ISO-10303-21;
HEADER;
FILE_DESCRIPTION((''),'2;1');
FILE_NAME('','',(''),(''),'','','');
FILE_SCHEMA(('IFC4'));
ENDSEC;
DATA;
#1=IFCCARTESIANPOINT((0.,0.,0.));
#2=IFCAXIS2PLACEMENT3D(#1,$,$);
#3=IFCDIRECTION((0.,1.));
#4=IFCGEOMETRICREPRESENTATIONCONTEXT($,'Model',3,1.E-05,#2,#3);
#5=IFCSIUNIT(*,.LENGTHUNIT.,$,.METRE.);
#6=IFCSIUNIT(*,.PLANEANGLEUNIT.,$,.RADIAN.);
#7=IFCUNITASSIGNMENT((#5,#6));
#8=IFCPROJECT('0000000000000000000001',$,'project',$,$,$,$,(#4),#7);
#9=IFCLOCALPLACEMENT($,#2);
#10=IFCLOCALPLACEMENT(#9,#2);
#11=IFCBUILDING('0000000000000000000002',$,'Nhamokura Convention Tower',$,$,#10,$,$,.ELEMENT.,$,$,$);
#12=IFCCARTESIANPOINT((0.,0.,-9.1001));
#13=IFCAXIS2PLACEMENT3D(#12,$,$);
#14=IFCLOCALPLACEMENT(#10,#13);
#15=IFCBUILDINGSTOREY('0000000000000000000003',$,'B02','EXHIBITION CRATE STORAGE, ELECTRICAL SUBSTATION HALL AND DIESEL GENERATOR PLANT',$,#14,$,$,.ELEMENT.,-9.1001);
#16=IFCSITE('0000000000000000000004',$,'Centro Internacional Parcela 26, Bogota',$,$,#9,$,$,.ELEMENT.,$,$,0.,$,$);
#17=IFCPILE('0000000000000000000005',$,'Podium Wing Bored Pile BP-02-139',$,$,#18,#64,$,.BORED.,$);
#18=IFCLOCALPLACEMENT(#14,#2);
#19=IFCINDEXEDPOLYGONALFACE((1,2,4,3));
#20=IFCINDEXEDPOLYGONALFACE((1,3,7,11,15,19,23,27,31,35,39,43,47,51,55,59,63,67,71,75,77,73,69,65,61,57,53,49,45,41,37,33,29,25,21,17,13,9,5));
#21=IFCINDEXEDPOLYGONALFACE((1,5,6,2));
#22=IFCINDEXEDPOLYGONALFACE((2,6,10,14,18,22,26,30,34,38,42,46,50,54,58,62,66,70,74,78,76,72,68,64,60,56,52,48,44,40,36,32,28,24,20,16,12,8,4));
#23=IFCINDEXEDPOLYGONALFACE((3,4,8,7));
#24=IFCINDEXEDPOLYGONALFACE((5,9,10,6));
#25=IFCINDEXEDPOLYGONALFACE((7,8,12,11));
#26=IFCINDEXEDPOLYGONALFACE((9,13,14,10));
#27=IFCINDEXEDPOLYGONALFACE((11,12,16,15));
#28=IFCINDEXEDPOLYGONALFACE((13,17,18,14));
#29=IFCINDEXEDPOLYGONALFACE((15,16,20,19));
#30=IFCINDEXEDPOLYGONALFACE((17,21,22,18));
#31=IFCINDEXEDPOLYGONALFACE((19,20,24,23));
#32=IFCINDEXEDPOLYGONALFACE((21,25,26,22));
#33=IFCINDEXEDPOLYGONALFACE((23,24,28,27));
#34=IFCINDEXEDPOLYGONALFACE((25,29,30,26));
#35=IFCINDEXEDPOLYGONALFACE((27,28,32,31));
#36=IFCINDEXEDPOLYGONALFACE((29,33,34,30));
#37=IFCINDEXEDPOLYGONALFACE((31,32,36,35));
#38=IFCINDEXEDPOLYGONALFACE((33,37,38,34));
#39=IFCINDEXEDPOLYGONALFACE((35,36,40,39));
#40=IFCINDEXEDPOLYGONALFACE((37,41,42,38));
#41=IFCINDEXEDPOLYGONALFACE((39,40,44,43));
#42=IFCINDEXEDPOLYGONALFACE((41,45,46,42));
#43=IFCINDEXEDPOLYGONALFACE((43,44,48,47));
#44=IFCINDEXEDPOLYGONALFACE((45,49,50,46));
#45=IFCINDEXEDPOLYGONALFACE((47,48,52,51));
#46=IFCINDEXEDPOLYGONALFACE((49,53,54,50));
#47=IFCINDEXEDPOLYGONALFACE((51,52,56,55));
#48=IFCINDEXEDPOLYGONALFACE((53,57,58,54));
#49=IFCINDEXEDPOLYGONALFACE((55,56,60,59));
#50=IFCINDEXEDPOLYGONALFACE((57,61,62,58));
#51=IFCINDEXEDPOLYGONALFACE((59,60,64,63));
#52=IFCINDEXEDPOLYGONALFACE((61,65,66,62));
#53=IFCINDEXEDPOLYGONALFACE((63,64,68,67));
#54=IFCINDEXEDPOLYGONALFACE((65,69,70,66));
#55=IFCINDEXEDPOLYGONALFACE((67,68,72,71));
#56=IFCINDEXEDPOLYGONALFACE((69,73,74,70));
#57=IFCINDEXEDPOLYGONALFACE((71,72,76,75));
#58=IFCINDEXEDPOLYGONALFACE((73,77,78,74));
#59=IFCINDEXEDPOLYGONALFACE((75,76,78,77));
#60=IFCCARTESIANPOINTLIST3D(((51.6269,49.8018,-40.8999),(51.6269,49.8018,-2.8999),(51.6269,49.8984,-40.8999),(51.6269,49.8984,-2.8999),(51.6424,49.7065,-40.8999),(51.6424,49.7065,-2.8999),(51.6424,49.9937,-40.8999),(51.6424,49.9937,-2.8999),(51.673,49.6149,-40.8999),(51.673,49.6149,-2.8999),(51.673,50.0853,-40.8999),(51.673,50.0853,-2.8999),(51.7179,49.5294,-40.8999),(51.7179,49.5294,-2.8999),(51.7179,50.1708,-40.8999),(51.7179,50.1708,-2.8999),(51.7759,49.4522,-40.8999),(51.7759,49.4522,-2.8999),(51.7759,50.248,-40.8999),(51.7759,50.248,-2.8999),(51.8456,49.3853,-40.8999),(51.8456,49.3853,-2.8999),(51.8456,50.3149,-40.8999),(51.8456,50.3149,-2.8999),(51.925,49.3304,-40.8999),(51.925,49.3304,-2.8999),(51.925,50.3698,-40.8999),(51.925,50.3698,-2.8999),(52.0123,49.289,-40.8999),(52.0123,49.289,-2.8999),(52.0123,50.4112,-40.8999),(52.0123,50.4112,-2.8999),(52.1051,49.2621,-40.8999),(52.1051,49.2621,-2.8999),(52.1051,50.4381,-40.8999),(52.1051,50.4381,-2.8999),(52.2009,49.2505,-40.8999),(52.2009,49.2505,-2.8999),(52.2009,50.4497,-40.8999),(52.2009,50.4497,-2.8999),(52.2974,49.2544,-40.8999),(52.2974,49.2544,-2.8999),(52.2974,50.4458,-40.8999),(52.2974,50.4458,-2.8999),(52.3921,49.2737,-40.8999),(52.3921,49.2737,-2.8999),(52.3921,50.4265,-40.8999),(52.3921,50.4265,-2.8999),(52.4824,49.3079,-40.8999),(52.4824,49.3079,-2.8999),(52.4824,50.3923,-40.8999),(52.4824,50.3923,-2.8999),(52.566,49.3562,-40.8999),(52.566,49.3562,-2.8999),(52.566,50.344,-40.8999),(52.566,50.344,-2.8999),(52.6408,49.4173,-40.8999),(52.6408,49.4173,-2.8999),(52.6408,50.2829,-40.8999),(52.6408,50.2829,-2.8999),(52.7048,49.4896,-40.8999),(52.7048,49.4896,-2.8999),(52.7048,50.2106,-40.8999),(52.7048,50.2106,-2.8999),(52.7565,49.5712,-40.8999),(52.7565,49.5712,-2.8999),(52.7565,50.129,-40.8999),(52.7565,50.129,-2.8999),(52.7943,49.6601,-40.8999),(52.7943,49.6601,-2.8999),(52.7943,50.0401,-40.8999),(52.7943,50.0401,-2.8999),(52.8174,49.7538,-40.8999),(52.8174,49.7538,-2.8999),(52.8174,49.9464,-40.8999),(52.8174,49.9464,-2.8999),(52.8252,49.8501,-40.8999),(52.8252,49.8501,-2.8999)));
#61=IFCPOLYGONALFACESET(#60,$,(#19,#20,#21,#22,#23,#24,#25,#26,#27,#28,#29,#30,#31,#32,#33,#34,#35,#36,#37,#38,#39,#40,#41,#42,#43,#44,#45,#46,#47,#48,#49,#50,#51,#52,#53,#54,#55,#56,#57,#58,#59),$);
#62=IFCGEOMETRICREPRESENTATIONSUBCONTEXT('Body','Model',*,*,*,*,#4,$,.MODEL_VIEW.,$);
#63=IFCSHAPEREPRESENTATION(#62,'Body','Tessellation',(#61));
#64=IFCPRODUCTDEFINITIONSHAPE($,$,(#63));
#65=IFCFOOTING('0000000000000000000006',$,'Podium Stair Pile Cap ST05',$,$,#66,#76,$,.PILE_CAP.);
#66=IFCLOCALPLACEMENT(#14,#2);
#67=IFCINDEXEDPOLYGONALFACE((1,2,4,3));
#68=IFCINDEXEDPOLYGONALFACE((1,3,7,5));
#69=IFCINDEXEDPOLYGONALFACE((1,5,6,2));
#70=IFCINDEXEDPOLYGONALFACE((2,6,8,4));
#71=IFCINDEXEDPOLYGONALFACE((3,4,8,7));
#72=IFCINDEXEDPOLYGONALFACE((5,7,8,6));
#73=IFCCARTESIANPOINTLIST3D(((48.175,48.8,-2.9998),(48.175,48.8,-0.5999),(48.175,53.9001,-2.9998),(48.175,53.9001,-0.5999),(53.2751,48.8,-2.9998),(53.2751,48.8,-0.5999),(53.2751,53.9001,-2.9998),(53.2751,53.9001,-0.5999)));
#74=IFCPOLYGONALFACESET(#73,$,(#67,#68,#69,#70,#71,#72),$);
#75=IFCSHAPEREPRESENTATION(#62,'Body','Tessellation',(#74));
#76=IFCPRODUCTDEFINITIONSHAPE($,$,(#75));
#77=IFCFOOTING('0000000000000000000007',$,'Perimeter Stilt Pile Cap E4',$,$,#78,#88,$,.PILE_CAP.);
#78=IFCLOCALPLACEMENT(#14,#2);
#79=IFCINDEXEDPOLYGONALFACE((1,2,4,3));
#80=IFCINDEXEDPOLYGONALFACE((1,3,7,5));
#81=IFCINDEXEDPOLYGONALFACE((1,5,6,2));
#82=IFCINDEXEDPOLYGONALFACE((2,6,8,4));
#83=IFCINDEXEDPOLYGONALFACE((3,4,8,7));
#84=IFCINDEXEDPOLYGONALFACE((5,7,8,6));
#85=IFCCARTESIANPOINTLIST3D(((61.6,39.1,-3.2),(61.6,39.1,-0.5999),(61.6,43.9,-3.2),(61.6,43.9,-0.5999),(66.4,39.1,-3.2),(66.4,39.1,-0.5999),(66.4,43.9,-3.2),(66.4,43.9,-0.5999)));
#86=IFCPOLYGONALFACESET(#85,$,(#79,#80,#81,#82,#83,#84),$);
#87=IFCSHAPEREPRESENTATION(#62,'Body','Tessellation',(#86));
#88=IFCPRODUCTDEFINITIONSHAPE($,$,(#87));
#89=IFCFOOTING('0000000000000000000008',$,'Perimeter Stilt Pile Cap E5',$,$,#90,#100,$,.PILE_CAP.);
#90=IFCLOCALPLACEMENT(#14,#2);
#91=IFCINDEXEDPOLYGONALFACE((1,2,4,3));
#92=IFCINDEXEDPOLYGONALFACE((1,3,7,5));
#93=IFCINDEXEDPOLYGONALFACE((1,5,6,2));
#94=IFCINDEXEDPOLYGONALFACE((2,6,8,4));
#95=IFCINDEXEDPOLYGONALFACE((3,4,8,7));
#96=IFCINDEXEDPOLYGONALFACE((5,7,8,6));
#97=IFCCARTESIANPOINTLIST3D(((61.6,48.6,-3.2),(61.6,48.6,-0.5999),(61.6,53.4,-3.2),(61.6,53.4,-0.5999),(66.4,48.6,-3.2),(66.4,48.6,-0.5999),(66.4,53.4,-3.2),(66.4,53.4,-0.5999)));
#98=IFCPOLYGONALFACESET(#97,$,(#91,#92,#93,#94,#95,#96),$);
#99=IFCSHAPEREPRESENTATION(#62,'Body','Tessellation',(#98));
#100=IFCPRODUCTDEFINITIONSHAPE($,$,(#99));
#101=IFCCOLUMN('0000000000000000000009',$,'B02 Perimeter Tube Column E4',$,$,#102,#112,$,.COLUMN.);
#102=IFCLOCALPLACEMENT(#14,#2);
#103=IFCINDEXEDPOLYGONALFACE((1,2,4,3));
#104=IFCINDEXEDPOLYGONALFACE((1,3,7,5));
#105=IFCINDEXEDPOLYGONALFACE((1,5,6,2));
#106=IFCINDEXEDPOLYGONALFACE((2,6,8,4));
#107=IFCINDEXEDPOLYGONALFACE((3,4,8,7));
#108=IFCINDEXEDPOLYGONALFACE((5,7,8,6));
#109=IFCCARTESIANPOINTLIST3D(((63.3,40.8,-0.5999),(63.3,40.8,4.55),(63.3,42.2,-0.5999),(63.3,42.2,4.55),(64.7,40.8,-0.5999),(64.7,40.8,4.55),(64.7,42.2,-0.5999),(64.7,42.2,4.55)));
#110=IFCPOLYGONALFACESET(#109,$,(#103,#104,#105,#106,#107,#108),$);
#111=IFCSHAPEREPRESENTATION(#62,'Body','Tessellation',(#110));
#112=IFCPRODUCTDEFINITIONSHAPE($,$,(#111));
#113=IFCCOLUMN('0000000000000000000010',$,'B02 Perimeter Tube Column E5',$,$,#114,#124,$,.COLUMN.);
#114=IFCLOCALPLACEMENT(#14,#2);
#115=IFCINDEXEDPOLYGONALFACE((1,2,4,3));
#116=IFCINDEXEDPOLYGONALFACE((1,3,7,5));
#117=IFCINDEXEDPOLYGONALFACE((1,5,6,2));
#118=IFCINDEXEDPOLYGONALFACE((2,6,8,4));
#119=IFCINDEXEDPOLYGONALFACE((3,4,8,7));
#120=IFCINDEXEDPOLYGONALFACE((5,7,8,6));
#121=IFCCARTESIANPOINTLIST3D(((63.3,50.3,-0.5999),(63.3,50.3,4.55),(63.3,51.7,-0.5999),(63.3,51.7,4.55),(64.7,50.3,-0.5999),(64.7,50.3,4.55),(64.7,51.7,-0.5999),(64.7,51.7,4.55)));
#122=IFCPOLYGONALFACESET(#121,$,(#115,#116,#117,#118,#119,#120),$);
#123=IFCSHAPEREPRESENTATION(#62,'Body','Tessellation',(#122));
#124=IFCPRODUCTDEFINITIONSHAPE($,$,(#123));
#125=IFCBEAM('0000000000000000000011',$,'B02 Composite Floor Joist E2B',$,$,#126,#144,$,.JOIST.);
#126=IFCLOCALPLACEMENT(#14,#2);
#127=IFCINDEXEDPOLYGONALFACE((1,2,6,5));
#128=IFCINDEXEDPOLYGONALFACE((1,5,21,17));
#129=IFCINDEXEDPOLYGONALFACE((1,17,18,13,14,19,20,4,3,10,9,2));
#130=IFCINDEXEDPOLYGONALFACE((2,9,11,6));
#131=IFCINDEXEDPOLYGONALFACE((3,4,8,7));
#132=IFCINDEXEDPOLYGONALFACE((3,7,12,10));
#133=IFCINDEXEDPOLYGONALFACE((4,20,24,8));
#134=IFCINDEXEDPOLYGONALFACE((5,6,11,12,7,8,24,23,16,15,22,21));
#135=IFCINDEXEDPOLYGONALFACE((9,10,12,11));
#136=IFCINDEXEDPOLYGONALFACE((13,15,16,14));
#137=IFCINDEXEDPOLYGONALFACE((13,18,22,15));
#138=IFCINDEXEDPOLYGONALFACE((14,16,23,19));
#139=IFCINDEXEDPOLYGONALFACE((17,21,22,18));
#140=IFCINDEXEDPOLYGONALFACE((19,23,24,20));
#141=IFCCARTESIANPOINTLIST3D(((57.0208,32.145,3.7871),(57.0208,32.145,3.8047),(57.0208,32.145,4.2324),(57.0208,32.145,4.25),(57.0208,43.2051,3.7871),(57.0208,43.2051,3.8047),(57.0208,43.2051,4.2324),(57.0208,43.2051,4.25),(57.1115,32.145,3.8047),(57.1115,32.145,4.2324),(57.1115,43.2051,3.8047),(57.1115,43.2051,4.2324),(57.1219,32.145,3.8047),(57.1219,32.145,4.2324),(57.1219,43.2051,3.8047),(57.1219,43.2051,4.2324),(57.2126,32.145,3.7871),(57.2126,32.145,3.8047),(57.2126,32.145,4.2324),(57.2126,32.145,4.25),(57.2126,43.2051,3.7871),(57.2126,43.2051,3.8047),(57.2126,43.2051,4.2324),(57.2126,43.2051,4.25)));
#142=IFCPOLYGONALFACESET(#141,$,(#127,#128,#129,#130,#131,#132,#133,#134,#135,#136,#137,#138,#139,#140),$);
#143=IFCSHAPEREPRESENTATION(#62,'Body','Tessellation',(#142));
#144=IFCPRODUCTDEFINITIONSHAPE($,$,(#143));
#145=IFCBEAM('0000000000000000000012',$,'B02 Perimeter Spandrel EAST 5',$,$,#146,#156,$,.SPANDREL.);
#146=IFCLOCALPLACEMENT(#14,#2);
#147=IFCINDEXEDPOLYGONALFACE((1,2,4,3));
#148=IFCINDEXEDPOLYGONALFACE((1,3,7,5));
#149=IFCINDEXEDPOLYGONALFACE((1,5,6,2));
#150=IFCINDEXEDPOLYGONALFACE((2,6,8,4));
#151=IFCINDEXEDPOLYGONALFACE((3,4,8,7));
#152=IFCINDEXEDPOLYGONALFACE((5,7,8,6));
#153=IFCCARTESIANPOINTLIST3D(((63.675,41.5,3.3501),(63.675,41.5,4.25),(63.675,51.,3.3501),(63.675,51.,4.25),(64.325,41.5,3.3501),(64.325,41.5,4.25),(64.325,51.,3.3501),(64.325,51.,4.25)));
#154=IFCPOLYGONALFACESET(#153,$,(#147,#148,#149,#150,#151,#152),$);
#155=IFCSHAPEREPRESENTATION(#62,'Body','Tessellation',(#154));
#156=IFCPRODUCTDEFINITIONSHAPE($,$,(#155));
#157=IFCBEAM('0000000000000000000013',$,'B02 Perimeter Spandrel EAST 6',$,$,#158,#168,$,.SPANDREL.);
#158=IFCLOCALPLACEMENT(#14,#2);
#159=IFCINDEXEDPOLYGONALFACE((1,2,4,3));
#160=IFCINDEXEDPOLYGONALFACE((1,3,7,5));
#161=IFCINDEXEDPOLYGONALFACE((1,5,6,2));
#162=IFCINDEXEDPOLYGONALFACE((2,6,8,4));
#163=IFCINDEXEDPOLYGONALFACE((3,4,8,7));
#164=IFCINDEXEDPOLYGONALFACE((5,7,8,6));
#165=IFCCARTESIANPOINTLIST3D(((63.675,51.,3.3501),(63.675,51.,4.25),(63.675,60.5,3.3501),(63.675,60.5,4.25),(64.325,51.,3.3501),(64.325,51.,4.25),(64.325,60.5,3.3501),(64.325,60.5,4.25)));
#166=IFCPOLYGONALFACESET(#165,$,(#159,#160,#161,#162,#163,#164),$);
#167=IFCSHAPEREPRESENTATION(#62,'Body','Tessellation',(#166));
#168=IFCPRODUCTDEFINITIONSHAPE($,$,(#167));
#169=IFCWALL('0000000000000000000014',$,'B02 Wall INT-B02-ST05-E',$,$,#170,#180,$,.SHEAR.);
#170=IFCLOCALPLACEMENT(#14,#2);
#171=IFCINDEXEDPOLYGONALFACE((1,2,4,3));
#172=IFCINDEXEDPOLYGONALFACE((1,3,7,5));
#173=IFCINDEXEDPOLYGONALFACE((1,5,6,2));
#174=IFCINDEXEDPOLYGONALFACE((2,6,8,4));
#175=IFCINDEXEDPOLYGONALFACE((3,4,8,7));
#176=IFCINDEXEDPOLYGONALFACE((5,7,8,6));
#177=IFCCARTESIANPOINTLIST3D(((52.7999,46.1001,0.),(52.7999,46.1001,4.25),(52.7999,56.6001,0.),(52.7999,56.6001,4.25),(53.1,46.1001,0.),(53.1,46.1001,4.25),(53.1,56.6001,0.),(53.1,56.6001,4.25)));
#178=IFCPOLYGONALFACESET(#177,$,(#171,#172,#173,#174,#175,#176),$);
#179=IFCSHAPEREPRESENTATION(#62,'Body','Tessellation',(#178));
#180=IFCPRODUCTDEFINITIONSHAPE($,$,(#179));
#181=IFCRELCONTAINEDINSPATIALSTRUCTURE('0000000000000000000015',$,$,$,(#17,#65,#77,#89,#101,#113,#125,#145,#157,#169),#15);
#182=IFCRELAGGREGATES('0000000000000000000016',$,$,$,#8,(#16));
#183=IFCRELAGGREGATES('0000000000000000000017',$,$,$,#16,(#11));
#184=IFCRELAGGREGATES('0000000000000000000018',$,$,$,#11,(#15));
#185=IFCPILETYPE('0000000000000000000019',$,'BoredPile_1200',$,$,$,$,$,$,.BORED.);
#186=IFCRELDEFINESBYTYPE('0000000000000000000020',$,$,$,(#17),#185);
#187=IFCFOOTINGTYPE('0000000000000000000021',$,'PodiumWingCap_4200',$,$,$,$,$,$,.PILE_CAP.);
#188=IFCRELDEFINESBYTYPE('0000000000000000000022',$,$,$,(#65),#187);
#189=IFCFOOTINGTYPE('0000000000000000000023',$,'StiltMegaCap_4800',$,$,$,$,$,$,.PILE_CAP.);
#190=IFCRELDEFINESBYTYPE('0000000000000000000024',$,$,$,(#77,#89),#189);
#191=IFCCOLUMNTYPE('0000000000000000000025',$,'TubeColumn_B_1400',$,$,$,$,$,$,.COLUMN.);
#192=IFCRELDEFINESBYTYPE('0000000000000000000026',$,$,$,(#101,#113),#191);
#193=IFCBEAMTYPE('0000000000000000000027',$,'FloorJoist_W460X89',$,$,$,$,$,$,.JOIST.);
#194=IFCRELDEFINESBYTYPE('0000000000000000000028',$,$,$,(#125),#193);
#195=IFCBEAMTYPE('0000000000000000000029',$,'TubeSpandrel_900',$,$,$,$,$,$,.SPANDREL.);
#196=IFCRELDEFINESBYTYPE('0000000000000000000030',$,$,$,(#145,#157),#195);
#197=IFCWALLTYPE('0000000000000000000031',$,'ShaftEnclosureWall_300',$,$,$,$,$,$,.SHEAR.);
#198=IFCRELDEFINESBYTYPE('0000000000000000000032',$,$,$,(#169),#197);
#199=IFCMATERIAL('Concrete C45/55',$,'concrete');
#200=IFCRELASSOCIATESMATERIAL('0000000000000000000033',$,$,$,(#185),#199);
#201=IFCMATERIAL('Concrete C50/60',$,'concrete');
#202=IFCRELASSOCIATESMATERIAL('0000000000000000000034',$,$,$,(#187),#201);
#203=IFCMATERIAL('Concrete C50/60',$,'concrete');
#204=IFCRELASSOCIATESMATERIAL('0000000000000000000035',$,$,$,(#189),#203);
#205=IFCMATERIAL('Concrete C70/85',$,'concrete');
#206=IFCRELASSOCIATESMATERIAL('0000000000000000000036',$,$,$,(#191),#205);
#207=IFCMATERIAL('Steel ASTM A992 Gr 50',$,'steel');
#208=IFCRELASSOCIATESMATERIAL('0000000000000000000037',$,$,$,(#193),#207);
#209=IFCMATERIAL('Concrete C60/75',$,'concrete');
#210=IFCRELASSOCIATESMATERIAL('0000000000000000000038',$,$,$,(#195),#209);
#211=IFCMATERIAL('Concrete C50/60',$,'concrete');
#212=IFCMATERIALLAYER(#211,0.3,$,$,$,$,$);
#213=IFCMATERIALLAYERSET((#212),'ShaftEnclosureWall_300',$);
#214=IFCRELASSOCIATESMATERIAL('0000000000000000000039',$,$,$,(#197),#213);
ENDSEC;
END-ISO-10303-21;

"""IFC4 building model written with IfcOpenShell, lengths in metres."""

from ifc_helpers import new_model, si_unit, direction, frame, frame_2d, origin, origin_2d, place, context, subcontext, project, spatial, rectangle, circle, i_section, extrude, material, layer, layer_set, material_profile, profile_set, type_object, element, save


model = new_model("IFC4")

# Units and contexts
model_context = context("Model", 3, precision=1e-05, world=origin(), true_north=direction((0.0, 1.0)))
body_context = subcontext(model_context, "Body", "Model", "MODEL_VIEW")
ifc_project = project(units=[si_unit("LENGTHUNIT", "METRE"), si_unit("PLANEANGLEUNIT", "RADIAN")], contexts=[model_context])

# Site, building, storey
site_placement = place(None, origin())
site = spatial("IfcSite", under=ifc_project, at=site_placement, Name="Centro Internacional Parcela 26, Bogota", CompositionType="ELEMENT", RefElevation=0.0)
building_placement = place(site_placement, origin())
building = spatial("IfcBuilding", under=site, at=building_placement, Name="Nhamokura Convention Tower", CompositionType="ELEMENT")
storey_placement = place(building_placement, frame((0.0, 0.0, -9.1001)))
storey = spatial("IfcBuildingStorey", under=building, at=storey_placement, Name="B02", Description="EXHIBITION CRATE STORAGE, ELECTRICAL SUBSTATION HALL AND DIESEL GENERATOR PLANT", CompositionType="ELEMENT", Elevation=-9.1001)

# Pile
ifc_material_1 = material(Name="Concrete C45/55", Category="concrete")
ifc_material_profile_1 = material_profile(ifc_material_1, circle(Radius=0.6001, at=origin_2d()))
ifc_profile_set_1 = profile_set([ifc_material_profile_1], Name="Concrete C45/55")
pile_type = type_object("IfcPileType", Name="BoredPile_1200", PredefinedType="BORED", material=ifc_profile_set_1)
for number, where, z_axis, x_axis, name in (
    (1, (52.2251, 49.8501, -2.8999), (0.0, 0.0, -1.0), (1.0, 0.0, 0.0), "Podium Wing Bored Pile BP-02-139"),
):
    element("IfcPile", number, at=place(storey_placement, frame(where, z_axis=z_axis, x_axis=x_axis)), inside=storey, type_object=pile_type, Name=name, PredefinedType="BORED", context=body_context, shape_type="SweptSolid", body=[
        extrude(circle(Radius=0.6001, at=origin_2d()), origin(), (0.0, 0.0, 1.0), 38.0),
    ])

# Footings
ifc_material_2 = material(Name="Concrete C50/60", Category="concrete")
footing_type_1 = type_object("IfcFootingType", Name="PodiumWingCap_4200", PredefinedType="PILE_CAP", material=ifc_material_2)
footing_placement = place(storey_placement, frame((50.7251, 51.3501, -2.9998), z_axis=(0.0, 0.0, 1.0), x_axis=(1.0, 0.0, 0.0)))
element("IfcFooting", 2, at=footing_placement, inside=storey, type_object=footing_type_1, Name="Podium Stair Pile Cap ST05", PredefinedType="PILE_CAP", context=body_context, shape_type="SweptSolid", body=[
    extrude(rectangle(XDim=5.1001, YDim=5.1001, at=origin_2d()), origin(), (0.0, 0.0, 1.0), 2.3999),
])
ifc_material_3 = material(Name="Concrete C50/60", Category="concrete")
footing_type_2 = type_object("IfcFootingType", Name="StiltMegaCap_4800", PredefinedType="PILE_CAP", material=ifc_material_3)
for number, where, z_axis, x_axis, name in (
    (3, (64.0, 41.5, -3.2), (0.0, 0.0, 1.0), (1.0, 0.0, 0.0), "Perimeter Stilt Pile Cap E4"),
    (4, (64.0, 51.0, -3.2), (0.0, 0.0, 1.0), (1.0, 0.0, 0.0), "Perimeter Stilt Pile Cap E5"),
):
    element("IfcFooting", number, at=place(storey_placement, frame(where, z_axis=z_axis, x_axis=x_axis)), inside=storey, type_object=footing_type_2, Name=name, PredefinedType="PILE_CAP", context=body_context, shape_type="SweptSolid", body=[
        extrude(rectangle(XDim=4.8, YDim=4.8, at=origin_2d()), origin(), (0.0, 0.0, 1.0), 2.6001),
    ])

# Columns
ifc_material_4 = material(Name="Concrete C70/85", Category="concrete")
ifc_material_profile_2 = material_profile(ifc_material_4, rectangle(XDim=1.3999, YDim=1.3999, at=origin_2d()))
ifc_profile_set_2 = profile_set([ifc_material_profile_2], Name="Concrete C70/85")
column_type = type_object("IfcColumnType", Name="TubeColumn_B_1400", PredefinedType="COLUMN", material=ifc_profile_set_2)
for number, where, z_axis, x_axis, name in (
    (5, (64.0, 41.5, -0.5999), (0.0, 0.0, 1.0), (1.0, 0.0, 0.0), "B02 Perimeter Tube Column E4"),
    (6, (64.0, 51.0, -0.5999), (0.0, 0.0, 1.0), (1.0, 0.0, 0.0), "B02 Perimeter Tube Column E5"),
):
    element("IfcColumn", number, at=place(storey_placement, frame(where, z_axis=z_axis, x_axis=x_axis)), inside=storey, type_object=column_type, Name=name, PredefinedType="COLUMN", context=body_context, shape_type="SweptSolid", body=[
        extrude(rectangle(XDim=1.3999, YDim=1.3999, at=origin_2d()), origin(), (0.0, 0.0, 1.0), 5.1499),
    ])

# Beams
ifc_material_5 = material(Name="Steel ASTM A992 Gr 50", Category="steel")
ifc_material_profile_3 = material_profile(ifc_material_5, i_section(OverallWidth=0.1919, OverallDepth=0.4629, WebThickness=0.0105, FlangeThickness=0.0176, at=origin_2d()))
ifc_profile_set_3 = profile_set([ifc_material_profile_3], Name="Steel ASTM A992 Gr 50")
beam_type_1 = type_object("IfcBeamType", Name="FloorJoist_W460X89", PredefinedType="JOIST", material=ifc_profile_set_3)
beam_placement = place(storey_placement, frame((57.1167, 32.145, 4.0186), z_axis=(0.0, 1.0, 0.0), x_axis=(-1.0, 0.0, 0.0)))
element("IfcBeam", 7, at=beam_placement, inside=storey, type_object=beam_type_1, Name="B02 Composite Floor Joist E2B", PredefinedType="JOIST", context=body_context, shape_type="SweptSolid", body=[
    extrude(i_section(OverallWidth=0.1919, OverallDepth=0.4629, WebThickness=0.0105, FlangeThickness=0.0176, at=origin_2d()), origin(), (0.0, 0.0, 1.0), 11.0601),
])
ifc_material_6 = material(Name="Concrete C60/75", Category="concrete")
ifc_material_profile_4 = material_profile(ifc_material_6, rectangle(XDim=0.6499, YDim=0.8999, at=origin_2d()))
ifc_profile_set_4 = profile_set([ifc_material_profile_4], Name="Concrete C60/75")
beam_type_2 = type_object("IfcBeamType", Name="TubeSpandrel_900", PredefinedType="SPANDREL", material=ifc_profile_set_4)
for number, where, z_axis, x_axis, name in (
    (8, (64.0, 41.5, 3.8), (0.0, 1.0, 0.0), (-1.0, 0.0, 0.0), "B02 Perimeter Spandrel EAST 5"),
    (9, (64.0, 51.0, 3.8), (0.0, 1.0, 0.0), (-1.0, 0.0, 0.0), "B02 Perimeter Spandrel EAST 6"),
):
    element("IfcBeam", number, at=place(storey_placement, frame(where, z_axis=z_axis, x_axis=x_axis)), inside=storey, type_object=beam_type_2, Name=name, PredefinedType="SPANDREL", context=body_context, shape_type="SweptSolid", body=[
        extrude(rectangle(XDim=0.6499, YDim=0.8999, at=origin_2d()), origin(), (0.0, 0.0, 1.0), 9.5),
    ])

# Wall
ifc_material_7 = material(Name="Concrete C50/60", Category="concrete")
ifc_layer = layer(ifc_material_7, 0.3)
ifc_layer_set = layer_set([ifc_layer], Name="ShaftEnclosureWall_300")
wall_type = type_object("IfcWallType", Name="ShaftEnclosureWall_300", PredefinedType="SHEAR", material=ifc_layer_set)
wall_placement = place(storey_placement, frame((52.95, 46.1001, 0.0), z_axis=(0.0, 0.0, 1.0), x_axis=(0.0, 1.0, 0.0)))
element("IfcWall", 10, at=wall_placement, inside=storey, type_object=wall_type, Name="B02 Wall INT-B02-ST05-E", PredefinedType="SHEAR", context=body_context, shape_type="SweptSolid", body=[
    extrude(rectangle(XDim=10.5, YDim=0.3, at=frame_2d((5.25, 0.0))), origin(), (0.0, 0.0, 1.0), 4.25),
])

save(model, "model.ifc")
